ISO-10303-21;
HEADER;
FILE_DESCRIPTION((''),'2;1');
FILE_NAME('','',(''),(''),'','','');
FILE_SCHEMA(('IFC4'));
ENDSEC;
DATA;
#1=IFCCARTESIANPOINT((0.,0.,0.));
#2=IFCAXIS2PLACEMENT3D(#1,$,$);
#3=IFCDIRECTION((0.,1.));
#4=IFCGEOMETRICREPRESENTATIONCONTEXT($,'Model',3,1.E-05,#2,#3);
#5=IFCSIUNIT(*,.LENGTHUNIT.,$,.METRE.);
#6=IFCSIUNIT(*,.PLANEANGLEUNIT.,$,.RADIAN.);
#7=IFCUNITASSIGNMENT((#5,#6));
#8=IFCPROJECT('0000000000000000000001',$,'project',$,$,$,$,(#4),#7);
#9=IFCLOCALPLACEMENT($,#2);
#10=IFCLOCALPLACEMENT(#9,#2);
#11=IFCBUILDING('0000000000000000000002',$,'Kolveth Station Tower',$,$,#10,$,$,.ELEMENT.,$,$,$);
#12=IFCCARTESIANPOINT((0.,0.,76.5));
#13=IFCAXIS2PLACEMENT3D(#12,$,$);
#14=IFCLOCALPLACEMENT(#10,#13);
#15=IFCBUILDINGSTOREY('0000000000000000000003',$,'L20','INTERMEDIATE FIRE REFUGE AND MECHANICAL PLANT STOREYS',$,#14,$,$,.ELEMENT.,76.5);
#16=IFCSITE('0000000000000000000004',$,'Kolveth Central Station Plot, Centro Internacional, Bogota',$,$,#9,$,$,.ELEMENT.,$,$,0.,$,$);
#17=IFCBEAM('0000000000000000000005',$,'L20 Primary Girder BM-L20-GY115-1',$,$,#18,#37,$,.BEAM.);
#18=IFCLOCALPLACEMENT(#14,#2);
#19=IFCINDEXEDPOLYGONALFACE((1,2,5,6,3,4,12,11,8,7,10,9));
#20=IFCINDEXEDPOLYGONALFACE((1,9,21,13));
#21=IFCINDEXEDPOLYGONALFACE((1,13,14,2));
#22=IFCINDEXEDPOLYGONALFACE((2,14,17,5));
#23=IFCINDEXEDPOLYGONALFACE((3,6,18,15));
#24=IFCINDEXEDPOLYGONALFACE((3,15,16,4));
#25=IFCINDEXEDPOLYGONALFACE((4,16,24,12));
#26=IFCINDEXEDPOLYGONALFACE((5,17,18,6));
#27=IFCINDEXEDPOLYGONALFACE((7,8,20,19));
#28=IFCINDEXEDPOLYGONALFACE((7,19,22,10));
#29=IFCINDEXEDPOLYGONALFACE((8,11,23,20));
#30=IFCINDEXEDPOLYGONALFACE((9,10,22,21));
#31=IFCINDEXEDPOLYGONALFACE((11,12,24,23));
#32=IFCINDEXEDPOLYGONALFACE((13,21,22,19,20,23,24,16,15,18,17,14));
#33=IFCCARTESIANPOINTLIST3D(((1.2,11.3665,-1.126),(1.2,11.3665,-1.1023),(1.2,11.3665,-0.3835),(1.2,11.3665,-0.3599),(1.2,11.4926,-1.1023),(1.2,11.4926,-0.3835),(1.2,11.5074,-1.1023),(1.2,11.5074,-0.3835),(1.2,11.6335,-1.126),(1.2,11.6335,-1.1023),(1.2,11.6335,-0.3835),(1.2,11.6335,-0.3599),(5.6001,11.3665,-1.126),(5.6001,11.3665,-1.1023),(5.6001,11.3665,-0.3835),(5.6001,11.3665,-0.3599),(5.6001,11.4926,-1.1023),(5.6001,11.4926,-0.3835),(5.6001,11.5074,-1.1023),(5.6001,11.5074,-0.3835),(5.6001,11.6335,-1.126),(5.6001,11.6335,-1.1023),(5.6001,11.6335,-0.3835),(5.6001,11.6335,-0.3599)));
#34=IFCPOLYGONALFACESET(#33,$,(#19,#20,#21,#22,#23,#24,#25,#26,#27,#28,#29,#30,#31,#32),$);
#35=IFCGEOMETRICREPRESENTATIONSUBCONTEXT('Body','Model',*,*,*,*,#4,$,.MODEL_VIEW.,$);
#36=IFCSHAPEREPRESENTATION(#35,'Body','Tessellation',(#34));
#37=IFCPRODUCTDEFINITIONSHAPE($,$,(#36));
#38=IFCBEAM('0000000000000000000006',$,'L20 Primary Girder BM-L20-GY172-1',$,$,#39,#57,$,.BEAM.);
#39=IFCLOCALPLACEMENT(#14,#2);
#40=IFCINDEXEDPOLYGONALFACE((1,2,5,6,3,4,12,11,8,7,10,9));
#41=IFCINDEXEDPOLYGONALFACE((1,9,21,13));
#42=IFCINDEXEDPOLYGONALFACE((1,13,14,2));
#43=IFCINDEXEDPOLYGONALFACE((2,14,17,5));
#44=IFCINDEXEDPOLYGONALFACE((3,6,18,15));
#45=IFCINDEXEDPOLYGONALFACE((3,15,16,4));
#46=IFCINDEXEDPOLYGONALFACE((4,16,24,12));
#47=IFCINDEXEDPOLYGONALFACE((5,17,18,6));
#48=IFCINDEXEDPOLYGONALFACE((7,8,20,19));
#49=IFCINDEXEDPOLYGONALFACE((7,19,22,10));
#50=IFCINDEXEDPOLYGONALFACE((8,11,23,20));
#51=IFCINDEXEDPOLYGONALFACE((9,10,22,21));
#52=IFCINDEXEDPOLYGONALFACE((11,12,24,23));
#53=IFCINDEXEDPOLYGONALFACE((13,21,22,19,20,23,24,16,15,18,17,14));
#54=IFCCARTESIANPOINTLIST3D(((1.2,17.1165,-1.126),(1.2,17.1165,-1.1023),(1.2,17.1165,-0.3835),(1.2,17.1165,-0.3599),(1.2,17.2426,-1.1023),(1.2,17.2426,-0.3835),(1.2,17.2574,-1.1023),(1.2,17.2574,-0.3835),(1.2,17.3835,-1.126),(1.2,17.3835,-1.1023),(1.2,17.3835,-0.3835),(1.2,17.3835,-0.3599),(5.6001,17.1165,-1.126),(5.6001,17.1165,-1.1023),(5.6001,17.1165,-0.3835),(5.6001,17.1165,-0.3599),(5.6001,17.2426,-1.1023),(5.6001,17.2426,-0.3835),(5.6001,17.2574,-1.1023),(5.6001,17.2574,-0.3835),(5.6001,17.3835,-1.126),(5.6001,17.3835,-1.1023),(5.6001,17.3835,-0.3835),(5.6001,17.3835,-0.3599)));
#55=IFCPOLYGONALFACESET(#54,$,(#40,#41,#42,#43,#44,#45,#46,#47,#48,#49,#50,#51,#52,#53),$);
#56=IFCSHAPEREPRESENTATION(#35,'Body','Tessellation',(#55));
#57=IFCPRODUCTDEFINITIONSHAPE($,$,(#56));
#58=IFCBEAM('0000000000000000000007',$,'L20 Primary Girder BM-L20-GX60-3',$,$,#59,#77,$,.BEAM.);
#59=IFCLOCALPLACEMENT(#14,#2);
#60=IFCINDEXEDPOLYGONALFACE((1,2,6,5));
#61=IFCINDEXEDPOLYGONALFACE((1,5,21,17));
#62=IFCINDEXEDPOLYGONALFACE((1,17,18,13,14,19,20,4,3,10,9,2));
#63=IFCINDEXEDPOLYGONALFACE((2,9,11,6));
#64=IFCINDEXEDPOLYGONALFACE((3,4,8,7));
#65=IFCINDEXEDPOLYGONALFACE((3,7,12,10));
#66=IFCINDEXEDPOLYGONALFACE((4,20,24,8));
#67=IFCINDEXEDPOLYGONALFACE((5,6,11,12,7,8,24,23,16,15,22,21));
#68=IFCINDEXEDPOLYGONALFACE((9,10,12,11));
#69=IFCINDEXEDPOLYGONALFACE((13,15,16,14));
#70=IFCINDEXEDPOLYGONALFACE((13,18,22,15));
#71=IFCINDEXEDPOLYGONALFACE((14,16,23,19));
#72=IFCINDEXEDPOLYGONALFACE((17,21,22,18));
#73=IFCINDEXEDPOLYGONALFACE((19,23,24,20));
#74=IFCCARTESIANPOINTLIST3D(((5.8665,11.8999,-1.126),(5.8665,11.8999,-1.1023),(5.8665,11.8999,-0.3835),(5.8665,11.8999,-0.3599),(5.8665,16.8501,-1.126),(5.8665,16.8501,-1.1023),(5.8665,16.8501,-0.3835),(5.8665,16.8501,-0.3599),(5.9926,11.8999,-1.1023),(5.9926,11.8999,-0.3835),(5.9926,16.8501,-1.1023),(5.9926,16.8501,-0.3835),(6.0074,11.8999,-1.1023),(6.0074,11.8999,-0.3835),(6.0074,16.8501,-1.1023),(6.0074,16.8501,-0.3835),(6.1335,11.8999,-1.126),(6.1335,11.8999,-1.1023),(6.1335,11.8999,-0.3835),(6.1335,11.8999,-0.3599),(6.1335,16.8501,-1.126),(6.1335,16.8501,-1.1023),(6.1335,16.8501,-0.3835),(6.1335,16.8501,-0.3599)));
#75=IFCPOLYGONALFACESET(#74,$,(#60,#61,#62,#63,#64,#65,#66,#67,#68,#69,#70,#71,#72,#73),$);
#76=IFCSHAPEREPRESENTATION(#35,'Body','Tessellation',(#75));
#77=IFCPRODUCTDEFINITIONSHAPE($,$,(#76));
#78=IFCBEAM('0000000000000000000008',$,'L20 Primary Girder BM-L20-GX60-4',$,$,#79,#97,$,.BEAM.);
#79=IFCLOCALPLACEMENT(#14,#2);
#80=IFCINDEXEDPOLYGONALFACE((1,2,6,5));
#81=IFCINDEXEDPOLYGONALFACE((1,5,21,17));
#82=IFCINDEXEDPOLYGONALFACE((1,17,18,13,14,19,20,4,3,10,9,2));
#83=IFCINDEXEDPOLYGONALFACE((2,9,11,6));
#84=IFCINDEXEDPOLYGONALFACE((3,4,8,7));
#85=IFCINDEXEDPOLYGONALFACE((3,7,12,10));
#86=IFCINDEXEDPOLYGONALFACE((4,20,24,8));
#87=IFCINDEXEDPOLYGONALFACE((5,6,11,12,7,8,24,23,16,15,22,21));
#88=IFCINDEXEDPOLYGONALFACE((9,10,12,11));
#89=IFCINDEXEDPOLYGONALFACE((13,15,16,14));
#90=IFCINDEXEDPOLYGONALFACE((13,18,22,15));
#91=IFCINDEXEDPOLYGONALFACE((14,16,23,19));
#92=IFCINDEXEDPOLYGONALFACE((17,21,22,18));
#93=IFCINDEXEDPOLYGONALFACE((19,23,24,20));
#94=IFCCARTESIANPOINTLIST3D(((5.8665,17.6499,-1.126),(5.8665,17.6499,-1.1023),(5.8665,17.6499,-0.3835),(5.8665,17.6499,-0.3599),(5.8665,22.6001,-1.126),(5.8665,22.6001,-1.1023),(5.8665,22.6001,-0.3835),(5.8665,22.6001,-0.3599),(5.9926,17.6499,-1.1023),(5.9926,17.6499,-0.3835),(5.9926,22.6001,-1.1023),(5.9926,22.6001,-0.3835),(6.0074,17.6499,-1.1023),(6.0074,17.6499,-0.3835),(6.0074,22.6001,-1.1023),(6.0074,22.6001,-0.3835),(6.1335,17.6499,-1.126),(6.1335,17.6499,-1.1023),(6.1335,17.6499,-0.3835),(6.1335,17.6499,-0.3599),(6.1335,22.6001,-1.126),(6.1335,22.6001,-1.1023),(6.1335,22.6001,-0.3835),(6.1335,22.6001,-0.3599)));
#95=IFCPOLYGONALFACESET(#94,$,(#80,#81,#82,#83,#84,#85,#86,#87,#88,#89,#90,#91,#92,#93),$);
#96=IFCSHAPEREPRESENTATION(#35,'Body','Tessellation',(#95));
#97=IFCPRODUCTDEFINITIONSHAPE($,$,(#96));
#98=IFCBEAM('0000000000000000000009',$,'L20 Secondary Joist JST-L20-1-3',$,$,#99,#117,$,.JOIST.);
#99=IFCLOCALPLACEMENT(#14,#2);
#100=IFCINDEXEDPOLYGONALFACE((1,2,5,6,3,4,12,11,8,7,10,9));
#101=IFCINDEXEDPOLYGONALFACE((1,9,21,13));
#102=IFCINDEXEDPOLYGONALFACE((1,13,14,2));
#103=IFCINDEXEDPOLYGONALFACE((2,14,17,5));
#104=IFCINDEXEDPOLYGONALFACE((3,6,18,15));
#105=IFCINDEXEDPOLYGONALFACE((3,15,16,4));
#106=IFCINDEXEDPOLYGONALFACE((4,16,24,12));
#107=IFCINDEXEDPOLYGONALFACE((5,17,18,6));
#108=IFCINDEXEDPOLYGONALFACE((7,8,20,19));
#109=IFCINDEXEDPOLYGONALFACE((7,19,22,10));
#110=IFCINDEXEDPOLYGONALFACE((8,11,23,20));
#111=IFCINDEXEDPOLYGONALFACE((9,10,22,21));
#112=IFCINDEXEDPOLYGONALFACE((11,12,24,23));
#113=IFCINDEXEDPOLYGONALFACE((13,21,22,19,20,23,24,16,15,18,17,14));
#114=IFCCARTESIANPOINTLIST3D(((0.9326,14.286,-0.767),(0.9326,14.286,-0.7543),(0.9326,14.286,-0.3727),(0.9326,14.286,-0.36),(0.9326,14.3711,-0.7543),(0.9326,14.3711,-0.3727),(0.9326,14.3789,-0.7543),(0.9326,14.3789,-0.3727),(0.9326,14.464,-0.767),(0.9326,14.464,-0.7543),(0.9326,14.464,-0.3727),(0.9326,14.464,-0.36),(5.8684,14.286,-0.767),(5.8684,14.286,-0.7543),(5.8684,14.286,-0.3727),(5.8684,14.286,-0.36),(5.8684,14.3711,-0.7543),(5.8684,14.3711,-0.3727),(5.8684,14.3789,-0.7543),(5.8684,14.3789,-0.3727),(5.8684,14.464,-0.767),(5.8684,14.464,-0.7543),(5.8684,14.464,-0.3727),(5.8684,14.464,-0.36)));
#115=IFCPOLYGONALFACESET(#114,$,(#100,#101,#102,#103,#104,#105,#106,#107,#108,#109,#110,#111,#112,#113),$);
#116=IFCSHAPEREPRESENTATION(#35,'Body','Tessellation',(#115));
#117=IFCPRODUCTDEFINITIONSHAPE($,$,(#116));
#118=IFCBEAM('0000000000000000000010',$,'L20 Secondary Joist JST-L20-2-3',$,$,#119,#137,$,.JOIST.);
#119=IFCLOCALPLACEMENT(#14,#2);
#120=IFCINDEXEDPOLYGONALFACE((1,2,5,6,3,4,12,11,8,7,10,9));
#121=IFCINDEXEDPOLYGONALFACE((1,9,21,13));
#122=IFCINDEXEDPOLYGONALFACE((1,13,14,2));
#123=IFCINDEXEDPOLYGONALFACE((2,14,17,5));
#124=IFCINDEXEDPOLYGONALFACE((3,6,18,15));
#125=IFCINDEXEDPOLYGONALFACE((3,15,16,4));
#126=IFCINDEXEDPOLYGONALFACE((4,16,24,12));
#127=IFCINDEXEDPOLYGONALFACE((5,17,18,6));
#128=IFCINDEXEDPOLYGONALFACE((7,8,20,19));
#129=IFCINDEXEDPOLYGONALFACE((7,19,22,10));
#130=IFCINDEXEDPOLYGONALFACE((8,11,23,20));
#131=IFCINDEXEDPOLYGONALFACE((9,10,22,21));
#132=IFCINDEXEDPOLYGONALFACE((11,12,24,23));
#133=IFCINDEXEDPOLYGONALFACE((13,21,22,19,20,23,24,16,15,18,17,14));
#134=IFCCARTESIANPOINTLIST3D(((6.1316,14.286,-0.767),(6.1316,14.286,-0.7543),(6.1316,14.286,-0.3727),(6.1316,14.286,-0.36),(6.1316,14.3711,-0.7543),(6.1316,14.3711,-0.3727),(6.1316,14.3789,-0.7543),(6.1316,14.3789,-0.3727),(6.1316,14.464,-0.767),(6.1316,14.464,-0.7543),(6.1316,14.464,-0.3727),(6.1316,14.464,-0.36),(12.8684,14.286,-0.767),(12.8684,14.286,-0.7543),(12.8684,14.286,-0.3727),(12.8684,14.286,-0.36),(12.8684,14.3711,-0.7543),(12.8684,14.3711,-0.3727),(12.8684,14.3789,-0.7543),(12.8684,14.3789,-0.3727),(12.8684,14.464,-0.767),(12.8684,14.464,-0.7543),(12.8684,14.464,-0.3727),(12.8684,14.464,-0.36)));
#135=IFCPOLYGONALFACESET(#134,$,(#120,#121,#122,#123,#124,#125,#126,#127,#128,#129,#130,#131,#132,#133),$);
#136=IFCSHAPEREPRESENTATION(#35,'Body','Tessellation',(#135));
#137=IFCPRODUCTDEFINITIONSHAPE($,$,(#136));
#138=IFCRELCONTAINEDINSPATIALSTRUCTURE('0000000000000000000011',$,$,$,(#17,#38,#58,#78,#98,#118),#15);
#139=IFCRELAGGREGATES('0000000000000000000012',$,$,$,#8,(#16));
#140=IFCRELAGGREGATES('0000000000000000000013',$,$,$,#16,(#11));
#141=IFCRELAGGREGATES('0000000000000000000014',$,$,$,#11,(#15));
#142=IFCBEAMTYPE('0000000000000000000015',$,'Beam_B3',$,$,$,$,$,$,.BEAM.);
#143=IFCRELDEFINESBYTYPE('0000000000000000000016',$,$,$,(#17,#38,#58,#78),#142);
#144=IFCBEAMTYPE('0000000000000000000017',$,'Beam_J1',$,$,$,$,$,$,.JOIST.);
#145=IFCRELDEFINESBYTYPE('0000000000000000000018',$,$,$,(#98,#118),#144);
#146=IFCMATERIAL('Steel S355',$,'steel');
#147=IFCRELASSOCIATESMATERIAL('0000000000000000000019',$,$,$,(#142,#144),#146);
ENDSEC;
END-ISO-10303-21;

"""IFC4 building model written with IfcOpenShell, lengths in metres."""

from ifc_helpers import new_model, si_unit, direction, frame, origin, origin_2d, place, context, subcontext, project, spatial, i_section, extrude, source, transform, mapped, material, material_profile, profile_set, type_object, element, save


model = new_model("IFC4")

# Units and contexts
model_context = context("Model", 3, precision=1e-05, world=origin(), true_north=direction((0.0, 1.0)))
body_context = subcontext(model_context, "Body", "Model", "MODEL_VIEW")
ifc_project = project(units=[si_unit("LENGTHUNIT", "METRE"), si_unit("PLANEANGLEUNIT", "RADIAN")], contexts=[model_context])

# Site, building, storey
site_placement = place(None, origin())
site = spatial("IfcSite", under=ifc_project, at=site_placement, Name="Kolveth Central Station Plot, Centro Internacional, Bogota", CompositionType="ELEMENT", RefElevation=0.0)
building_placement = place(site_placement, origin())
building = spatial("IfcBuilding", under=site, at=building_placement, Name="Kolveth Station Tower", CompositionType="ELEMENT")
storey_placement = place(building_placement, frame((0.0, 0.0, 76.5)))
storey = spatial("IfcBuildingStorey", under=building, at=storey_placement, Name="L20", Description="INTERMEDIATE FIRE REFUGE AND MECHANICAL PLANT STOREYS", CompositionType="ELEMENT", Elevation=76.5)

# Shared definitions
ifc_material_1 = material(Name="Steel S355", Category="steel")

# Beams
ifc_material_profile_1 = material_profile(ifc_material_1, i_section(OverallWidth=0.2671, OverallDepth=0.7661, WebThickness=0.0149, FlangeThickness=0.0237, at=origin_2d()), Name="W760x185")
ifc_profile_set_1 = profile_set([ifc_material_profile_1], Name="Steel S355")
beam_type_1 = type_object("IfcBeamType", Name="Beam_B3", PredefinedType="BEAM", material=ifc_profile_set_1)
shared_shape_1 = source(origin(), body_context, "Body", "SweptSolid", [
    extrude(i_section(OverallWidth=0.2671, OverallDepth=0.7661, WebThickness=0.0149, FlangeThickness=0.0237, at=origin_2d()), origin(), (0.0, 0.0, 1.0), 4.4001),
])
for number, where, z_axis, x_axis, name in (
    (1, (1.2, 11.5, -0.7429), (1.0, 0.0, 0.0), (0.0, 1.0, 0.0), "L20 Primary Girder BM-L20-GY115-1"),
    (2, (1.2, 17.25, -0.7429), (1.0, 0.0, 0.0), (0.0, 1.0, 0.0), "L20 Primary Girder BM-L20-GY172-1"),
):
    element("IfcBeam", number, at=place(storey_placement, frame(where, z_axis=z_axis, x_axis=x_axis)), inside=storey, type_object=beam_type_1, Name=name, PredefinedType="BEAM", context=body_context, shape_type="MappedRepresentation", body=[
        mapped(shared_shape_1, transform((0.0, 0.0, 0.0), x_axis=(1.0, 0.0, 0.0), y_axis=(0.0, 1.0, 0.0), z_axis=(0.0, 0.0, 1.0), scale=1.0)),
    ])
shared_shape_2 = source(origin(), body_context, "Body", "SweptSolid", [
    extrude(i_section(OverallWidth=0.2671, OverallDepth=0.7661, WebThickness=0.0149, FlangeThickness=0.0237, at=origin_2d()), origin(), (0.0, 0.0, 1.0), 4.9502),
])
for number, where, z_axis, x_axis, name in (
    (3, (6.0, 11.8999, -0.7429), (0.0, 1.0, 0.0), (-1.0, 0.0, 0.0), "L20 Primary Girder BM-L20-GX60-3"),
    (4, (6.0, 17.6499, -0.7429), (0.0, 1.0, 0.0), (-1.0, 0.0, 0.0), "L20 Primary Girder BM-L20-GX60-4"),
):
    element("IfcBeam", number, at=place(storey_placement, frame(where, z_axis=z_axis, x_axis=x_axis)), inside=storey, type_object=beam_type_1, Name=name, PredefinedType="BEAM", context=body_context, shape_type="MappedRepresentation", body=[
        mapped(shared_shape_2, transform((0.0, 0.0, 0.0), x_axis=(1.0, 0.0, 0.0), y_axis=(0.0, 1.0, 0.0), z_axis=(0.0, 0.0, 1.0), scale=1.0)),
    ])
ifc_material_profile_2 = material_profile(ifc_material_1, i_section(OverallWidth=0.178, OverallDepth=0.407, WebThickness=0.0078, FlangeThickness=0.0127, at=origin_2d()), Name="W410x60")
ifc_profile_set_2 = profile_set([ifc_material_profile_2], Name="Steel S355")
beam_type_2 = type_object("IfcBeamType", Name="Beam_J1", PredefinedType="JOIST", material=ifc_profile_set_2)
shared_shape_3 = source(origin(), body_context, "Body", "SweptSolid", [
    extrude(i_section(OverallWidth=0.178, OverallDepth=0.407, WebThickness=0.0078, FlangeThickness=0.0127, at=origin_2d()), origin(), (0.0, 0.0, 1.0), 4.9358),
])
beam_1_placement = place(storey_placement, frame((0.9326, 14.375, -0.5635), z_axis=(1.0, 0.0, 0.0), x_axis=(0.0, 1.0, 0.0)))
element("IfcBeam", 5, at=beam_1_placement, inside=storey, type_object=beam_type_2, Name="L20 Secondary Joist JST-L20-1-3", PredefinedType="JOIST", context=body_context, shape_type="MappedRepresentation", body=[
    mapped(shared_shape_3, transform((0.0, 0.0, 0.0), x_axis=(1.0, 0.0, 0.0), y_axis=(0.0, 1.0, 0.0), z_axis=(0.0, 0.0, 1.0), scale=1.0)),
])
shared_shape_4 = source(origin(), body_context, "Body", "SweptSolid", [
    extrude(i_section(OverallWidth=0.178, OverallDepth=0.407, WebThickness=0.0078, FlangeThickness=0.0127, at=origin_2d()), origin(), (0.0, 0.0, 1.0), 6.7368),
])
beam_2_placement = place(storey_placement, frame((6.1316, 14.375, -0.5635), z_axis=(1.0, 0.0, 0.0), x_axis=(0.0, 1.0, 0.0)))
element("IfcBeam", 6, at=beam_2_placement, inside=storey, type_object=beam_type_2, Name="L20 Secondary Joist JST-L20-2-3", PredefinedType="JOIST", context=body_context, shape_type="MappedRepresentation", body=[
    mapped(shared_shape_4, transform((0.0, 0.0, 0.0), x_axis=(1.0, 0.0, 0.0), y_axis=(0.0, 1.0, 0.0), z_axis=(0.0, 0.0, 1.0), scale=1.0)),
])

save(model, "model.ifc")
